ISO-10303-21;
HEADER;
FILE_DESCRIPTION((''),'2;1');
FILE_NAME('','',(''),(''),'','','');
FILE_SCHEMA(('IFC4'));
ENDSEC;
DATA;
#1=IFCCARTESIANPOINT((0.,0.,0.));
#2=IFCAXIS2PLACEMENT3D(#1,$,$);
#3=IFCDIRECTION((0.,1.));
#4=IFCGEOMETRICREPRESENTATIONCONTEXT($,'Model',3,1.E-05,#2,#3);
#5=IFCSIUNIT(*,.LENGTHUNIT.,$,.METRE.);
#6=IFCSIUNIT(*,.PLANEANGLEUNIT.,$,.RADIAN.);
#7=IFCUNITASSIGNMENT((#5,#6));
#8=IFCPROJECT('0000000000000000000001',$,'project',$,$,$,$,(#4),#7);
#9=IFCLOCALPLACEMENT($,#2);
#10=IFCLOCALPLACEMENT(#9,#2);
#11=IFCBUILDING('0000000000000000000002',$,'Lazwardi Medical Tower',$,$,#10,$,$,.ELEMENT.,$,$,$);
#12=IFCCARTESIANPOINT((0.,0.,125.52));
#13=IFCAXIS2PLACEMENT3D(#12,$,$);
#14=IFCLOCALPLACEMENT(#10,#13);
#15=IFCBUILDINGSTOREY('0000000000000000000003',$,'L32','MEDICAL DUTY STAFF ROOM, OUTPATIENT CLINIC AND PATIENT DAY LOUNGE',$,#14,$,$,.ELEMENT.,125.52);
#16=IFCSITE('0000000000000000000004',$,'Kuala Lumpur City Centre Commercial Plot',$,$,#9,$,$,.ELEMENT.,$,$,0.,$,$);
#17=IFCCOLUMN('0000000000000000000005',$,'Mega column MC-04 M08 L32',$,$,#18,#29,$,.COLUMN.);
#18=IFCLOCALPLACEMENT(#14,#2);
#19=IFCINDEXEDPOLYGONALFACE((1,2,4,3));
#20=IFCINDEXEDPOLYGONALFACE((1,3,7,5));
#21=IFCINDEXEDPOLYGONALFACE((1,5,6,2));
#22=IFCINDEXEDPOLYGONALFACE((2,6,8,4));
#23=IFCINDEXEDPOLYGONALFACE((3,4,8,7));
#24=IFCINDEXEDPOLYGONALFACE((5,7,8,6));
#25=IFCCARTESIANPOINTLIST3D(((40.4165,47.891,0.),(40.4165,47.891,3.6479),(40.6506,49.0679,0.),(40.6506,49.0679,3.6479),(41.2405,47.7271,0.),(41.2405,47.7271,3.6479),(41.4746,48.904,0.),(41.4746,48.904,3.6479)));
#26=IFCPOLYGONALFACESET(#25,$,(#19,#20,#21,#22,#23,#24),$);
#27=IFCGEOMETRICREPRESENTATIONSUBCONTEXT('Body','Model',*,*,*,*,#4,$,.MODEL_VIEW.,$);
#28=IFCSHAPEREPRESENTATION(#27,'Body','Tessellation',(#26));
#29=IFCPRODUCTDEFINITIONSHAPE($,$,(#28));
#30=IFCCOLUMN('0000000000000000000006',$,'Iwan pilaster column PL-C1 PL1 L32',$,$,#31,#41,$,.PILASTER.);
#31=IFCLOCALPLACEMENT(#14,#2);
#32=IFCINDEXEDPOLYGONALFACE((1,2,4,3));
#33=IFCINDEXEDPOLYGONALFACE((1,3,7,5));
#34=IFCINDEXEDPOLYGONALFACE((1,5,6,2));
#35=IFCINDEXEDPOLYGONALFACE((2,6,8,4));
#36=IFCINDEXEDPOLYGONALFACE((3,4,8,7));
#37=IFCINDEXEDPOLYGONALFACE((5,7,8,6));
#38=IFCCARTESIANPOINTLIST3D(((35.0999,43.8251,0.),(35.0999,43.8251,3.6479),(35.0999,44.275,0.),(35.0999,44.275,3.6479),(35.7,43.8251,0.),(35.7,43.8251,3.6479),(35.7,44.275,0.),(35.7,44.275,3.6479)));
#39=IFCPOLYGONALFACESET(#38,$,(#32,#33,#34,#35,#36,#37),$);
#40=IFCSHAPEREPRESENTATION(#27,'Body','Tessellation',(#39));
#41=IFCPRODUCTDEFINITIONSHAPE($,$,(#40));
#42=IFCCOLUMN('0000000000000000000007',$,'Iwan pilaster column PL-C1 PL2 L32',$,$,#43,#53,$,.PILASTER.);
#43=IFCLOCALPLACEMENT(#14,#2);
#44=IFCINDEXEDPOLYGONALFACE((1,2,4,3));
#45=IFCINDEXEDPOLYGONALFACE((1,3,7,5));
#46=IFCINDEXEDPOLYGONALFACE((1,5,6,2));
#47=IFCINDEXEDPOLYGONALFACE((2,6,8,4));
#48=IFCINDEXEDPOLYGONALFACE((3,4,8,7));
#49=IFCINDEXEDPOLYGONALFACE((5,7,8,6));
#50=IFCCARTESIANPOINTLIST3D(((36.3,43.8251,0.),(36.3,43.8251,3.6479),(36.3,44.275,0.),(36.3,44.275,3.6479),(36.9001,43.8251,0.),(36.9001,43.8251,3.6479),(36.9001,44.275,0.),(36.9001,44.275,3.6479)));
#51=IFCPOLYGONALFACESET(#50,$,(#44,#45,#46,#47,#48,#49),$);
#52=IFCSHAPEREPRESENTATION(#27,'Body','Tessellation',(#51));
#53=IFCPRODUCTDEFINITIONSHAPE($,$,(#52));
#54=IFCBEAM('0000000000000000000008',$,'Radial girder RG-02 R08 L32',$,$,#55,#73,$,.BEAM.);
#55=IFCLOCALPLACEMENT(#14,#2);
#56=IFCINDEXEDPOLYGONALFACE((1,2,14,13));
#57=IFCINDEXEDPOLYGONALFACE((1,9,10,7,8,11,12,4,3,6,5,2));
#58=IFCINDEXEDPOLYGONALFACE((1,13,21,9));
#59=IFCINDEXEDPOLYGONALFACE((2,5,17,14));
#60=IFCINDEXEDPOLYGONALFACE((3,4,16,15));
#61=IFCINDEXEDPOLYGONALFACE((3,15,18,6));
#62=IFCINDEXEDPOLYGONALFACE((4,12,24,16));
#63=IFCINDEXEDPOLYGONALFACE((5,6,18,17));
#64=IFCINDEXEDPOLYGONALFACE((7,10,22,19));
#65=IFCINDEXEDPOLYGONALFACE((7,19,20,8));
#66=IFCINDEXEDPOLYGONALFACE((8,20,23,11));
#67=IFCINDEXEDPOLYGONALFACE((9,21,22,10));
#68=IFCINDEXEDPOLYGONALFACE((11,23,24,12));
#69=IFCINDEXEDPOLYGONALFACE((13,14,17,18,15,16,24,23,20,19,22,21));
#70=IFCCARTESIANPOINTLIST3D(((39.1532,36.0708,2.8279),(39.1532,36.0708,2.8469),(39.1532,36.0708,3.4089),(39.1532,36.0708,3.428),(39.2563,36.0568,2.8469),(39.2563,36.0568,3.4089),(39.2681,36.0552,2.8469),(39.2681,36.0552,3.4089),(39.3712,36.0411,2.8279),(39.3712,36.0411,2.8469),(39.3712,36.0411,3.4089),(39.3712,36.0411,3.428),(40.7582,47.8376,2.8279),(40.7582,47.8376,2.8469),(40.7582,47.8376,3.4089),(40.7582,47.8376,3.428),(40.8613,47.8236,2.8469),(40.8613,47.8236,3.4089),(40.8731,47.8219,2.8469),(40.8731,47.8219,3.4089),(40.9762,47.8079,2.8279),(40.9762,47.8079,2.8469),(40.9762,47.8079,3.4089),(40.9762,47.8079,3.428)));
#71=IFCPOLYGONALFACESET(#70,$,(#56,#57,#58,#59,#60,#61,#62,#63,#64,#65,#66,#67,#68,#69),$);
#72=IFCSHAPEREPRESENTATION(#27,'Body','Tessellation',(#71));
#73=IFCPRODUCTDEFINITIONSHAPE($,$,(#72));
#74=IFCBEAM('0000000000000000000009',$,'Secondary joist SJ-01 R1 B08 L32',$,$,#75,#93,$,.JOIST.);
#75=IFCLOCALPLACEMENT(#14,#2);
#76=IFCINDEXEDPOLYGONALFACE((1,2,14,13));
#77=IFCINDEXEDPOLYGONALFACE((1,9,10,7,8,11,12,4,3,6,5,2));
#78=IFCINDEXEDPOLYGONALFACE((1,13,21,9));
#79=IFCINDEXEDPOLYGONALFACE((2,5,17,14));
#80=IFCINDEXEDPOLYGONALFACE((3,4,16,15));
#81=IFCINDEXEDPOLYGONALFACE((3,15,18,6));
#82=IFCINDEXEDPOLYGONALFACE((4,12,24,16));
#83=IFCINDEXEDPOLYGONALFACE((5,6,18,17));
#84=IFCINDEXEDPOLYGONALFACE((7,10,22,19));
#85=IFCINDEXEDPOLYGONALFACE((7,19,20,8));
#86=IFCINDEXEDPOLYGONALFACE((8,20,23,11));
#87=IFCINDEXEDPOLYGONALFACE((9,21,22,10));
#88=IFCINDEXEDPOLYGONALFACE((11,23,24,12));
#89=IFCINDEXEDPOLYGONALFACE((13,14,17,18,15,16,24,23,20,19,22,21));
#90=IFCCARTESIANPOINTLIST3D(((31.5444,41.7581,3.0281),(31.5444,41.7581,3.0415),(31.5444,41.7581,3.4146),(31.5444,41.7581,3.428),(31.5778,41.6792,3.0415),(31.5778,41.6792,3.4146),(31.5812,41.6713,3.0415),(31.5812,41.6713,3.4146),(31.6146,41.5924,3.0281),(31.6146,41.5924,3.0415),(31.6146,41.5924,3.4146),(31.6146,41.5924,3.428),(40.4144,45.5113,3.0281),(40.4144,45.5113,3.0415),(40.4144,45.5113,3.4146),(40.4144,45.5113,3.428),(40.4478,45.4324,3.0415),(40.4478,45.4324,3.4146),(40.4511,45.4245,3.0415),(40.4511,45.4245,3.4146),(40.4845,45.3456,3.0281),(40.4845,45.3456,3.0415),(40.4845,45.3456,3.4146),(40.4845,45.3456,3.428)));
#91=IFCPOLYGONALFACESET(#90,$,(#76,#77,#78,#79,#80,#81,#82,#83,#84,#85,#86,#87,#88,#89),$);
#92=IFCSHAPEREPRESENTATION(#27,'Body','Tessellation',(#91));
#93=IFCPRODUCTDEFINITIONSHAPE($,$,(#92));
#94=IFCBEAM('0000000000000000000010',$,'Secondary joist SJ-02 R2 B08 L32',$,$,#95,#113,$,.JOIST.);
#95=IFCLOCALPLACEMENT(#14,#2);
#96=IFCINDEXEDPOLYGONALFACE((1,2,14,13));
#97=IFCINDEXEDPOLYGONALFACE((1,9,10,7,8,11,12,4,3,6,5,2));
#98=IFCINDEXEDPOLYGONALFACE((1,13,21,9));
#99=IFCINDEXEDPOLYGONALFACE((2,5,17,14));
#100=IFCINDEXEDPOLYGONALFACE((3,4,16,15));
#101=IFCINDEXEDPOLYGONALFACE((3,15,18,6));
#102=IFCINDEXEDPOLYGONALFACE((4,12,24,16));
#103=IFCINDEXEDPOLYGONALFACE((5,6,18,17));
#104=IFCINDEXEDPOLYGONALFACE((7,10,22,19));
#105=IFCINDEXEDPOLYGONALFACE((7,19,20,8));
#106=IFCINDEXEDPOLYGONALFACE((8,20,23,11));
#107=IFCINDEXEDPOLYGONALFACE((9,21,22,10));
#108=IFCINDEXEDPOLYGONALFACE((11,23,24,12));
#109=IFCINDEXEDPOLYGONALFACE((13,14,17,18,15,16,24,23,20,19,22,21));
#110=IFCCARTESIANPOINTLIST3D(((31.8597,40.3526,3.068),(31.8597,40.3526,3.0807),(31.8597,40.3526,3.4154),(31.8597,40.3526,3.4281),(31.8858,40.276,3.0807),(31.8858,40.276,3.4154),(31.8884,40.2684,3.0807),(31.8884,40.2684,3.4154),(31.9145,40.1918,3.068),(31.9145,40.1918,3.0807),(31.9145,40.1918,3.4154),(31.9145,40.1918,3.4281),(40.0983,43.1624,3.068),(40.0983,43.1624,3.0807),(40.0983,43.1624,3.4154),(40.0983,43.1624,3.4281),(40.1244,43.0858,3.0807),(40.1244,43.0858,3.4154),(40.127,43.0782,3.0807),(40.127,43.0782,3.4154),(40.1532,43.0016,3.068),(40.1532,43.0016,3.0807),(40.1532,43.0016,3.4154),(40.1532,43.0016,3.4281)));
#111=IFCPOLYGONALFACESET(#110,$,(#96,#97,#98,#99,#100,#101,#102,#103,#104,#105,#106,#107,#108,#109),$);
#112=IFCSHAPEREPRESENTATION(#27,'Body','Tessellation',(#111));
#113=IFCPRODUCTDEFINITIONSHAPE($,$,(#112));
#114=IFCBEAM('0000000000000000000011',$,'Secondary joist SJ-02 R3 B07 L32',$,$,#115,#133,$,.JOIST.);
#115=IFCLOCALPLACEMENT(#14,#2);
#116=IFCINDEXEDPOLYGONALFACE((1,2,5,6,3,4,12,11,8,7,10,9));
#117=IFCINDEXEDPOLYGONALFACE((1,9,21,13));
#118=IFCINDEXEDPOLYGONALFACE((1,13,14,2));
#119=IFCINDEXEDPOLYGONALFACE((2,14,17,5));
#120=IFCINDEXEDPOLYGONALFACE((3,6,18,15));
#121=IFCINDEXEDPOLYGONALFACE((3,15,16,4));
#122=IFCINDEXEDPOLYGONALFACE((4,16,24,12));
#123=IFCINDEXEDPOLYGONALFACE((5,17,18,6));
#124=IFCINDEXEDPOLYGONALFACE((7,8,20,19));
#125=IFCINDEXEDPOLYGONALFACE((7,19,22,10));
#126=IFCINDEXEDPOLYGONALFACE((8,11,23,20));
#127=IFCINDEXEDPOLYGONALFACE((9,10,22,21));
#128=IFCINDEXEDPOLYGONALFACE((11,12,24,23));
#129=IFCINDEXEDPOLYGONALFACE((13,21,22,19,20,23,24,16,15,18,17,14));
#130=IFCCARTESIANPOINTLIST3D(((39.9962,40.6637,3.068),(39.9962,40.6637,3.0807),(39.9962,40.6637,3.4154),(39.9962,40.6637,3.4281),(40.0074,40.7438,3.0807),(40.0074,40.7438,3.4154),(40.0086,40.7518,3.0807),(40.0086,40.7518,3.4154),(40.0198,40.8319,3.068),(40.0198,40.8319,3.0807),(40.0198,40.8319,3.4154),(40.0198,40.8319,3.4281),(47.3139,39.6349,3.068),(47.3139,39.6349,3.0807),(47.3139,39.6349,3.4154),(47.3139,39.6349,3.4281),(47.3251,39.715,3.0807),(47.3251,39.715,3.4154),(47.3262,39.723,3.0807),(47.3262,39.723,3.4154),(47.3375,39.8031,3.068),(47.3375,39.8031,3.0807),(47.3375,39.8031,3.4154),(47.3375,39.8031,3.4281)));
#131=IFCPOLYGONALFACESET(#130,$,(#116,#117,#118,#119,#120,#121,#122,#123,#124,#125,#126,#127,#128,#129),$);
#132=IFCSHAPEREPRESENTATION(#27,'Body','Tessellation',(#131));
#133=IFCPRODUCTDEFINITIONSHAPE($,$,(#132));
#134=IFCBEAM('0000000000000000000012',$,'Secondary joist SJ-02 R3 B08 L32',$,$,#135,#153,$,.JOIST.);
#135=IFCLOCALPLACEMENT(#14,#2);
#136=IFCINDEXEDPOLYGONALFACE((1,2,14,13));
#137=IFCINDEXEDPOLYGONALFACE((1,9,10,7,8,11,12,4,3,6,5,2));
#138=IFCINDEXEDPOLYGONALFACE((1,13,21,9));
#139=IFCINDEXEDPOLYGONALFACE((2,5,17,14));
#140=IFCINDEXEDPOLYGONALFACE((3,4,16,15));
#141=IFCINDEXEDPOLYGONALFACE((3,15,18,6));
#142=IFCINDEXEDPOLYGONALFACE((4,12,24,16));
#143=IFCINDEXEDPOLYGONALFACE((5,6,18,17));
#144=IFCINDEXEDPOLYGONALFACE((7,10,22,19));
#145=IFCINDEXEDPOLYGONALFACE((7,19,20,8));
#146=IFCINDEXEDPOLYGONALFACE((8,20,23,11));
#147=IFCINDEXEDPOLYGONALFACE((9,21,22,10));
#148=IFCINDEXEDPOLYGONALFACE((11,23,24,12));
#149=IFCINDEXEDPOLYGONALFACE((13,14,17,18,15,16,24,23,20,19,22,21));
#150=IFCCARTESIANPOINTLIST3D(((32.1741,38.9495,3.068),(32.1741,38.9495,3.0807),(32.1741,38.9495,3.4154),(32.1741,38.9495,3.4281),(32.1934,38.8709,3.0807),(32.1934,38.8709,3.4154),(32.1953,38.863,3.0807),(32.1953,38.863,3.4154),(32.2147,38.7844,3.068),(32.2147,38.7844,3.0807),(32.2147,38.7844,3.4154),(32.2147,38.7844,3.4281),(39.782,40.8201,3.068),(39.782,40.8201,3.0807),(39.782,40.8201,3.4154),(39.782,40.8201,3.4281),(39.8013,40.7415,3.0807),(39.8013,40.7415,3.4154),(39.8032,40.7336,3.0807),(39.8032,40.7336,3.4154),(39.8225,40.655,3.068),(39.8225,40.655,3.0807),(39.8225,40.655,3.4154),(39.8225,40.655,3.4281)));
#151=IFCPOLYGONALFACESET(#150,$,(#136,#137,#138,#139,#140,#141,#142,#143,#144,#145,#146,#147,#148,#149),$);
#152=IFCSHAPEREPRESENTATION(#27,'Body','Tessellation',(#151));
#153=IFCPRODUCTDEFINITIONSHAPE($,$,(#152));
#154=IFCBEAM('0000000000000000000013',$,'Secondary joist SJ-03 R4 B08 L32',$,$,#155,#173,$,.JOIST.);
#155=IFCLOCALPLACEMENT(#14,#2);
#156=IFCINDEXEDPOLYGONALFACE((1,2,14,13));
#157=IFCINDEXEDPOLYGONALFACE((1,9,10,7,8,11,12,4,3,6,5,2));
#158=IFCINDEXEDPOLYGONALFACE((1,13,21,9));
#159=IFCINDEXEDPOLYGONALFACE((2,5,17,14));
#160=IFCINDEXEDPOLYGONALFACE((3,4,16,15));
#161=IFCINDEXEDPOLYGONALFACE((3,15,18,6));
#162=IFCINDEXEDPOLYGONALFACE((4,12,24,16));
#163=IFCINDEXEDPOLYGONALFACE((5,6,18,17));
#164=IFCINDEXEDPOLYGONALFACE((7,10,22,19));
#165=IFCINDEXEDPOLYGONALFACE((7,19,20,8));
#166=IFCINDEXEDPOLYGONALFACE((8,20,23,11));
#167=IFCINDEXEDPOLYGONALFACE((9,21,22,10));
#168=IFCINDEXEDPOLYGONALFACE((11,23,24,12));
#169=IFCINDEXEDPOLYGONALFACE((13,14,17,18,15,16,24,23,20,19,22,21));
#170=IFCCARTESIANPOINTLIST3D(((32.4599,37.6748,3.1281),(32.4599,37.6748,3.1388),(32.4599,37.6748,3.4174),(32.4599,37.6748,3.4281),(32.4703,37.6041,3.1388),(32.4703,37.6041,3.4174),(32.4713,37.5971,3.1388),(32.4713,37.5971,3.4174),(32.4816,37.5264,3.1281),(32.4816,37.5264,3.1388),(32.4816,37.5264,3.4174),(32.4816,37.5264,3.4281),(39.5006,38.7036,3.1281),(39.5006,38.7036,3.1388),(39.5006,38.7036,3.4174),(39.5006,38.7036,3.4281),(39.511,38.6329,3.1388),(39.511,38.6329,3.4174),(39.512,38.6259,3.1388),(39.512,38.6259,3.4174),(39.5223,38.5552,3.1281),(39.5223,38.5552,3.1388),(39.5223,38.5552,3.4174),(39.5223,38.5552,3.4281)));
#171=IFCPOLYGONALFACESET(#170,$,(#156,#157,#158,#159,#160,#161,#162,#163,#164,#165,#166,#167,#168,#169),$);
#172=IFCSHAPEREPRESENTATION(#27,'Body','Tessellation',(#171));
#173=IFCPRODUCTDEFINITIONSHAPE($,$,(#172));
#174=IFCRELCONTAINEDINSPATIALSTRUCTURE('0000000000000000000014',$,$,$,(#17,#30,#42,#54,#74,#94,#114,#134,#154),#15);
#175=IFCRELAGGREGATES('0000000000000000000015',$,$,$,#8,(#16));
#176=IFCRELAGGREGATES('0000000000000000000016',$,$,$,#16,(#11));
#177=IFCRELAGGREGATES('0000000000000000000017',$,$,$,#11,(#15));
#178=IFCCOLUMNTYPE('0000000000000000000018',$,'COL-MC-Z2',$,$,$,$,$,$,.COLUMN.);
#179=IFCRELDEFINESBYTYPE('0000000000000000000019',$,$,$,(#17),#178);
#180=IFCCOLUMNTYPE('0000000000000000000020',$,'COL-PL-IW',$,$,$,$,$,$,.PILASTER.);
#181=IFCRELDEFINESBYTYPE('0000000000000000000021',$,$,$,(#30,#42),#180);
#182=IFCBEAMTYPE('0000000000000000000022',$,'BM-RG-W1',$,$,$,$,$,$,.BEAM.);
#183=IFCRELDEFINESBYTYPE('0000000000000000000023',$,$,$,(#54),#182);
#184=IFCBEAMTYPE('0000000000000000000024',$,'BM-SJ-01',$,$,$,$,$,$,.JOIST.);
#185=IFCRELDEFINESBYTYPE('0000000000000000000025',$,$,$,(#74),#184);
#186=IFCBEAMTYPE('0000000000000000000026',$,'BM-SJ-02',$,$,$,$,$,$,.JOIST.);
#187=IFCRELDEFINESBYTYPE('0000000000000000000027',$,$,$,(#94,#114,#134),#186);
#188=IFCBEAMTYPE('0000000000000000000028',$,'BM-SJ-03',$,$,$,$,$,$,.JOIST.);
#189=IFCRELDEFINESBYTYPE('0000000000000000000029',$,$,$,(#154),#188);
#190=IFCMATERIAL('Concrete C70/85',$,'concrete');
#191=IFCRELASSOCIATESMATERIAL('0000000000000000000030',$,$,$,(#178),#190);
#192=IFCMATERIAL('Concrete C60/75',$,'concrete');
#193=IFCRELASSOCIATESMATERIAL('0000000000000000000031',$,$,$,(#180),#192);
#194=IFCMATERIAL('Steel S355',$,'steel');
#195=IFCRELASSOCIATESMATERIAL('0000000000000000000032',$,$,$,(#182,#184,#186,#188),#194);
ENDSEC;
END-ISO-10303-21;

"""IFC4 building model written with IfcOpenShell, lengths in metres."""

from ifc_helpers import new_model, si_unit, direction, frame, origin, origin_2d, place, context, subcontext, project, spatial, rectangle, i_section, extrude, material, material_profile, profile_set, type_object, element, save


model = new_model("IFC4")

# Units and contexts
model_context = context("Model", 3, precision=1e-05, world=origin(), true_north=direction((0.0, 1.0)))
body_context = subcontext(model_context, "Body", "Model", "MODEL_VIEW")
ifc_project = project(units=[si_unit("LENGTHUNIT", "METRE"), si_unit("PLANEANGLEUNIT", "RADIAN")], contexts=[model_context])

# Site, building, storey
site_placement = place(None, origin())
site = spatial("IfcSite", under=ifc_project, at=site_placement, Name="Kuala Lumpur City Centre Commercial Plot", CompositionType="ELEMENT", RefElevation=0.0)
building_placement = place(site_placement, origin())
building = spatial("IfcBuilding", under=site, at=building_placement, Name="Lazwardi Medical Tower", CompositionType="ELEMENT")
storey_placement = place(building_placement, frame((0.0, 0.0, 125.52)))
storey = spatial("IfcBuildingStorey", under=building, at=storey_placement, Name="L32", Description="MEDICAL DUTY STAFF ROOM, OUTPATIENT CLINIC AND PATIENT DAY LOUNGE", CompositionType="ELEMENT", Elevation=125.52)

# Columns
ifc_material_1 = material(Name="Concrete C70/85", Category="concrete")
ifc_material_profile_1 = material_profile(ifc_material_1, rectangle(XDim=1.2, YDim=0.8401, at=origin_2d()), Name="CFT-RECT 1200x840")
ifc_profile_set_1 = profile_set([ifc_material_profile_1], Name="Concrete C70/85")
column_type_1 = type_object("IfcColumnType", Name="COL-MC-Z2", PredefinedType="COLUMN", material=ifc_profile_set_1)
column_placement = place(storey_placement, frame((40.9456, 48.3975, 0.0), z_axis=(0.0, 0.0, 1.0), x_axis=(0.19509, 0.980785, 0.0)))
element("IfcColumn", 1, at=column_placement, inside=storey, type_object=column_type_1, Name="Mega column MC-04 M08 L32", PredefinedType="COLUMN", context=body_context, shape_type="SweptSolid", body=[
    extrude(rectangle(XDim=1.2, YDim=0.8401, at=origin_2d()), origin(), (0.0, 0.0, 1.0), 3.6479),
])
ifc_material_2 = material(Name="Concrete C60/75", Category="concrete")
ifc_material_profile_2 = material_profile(ifc_material_2, rectangle(XDim=0.6001, YDim=0.45, at=origin_2d()), Name="RC 600x450")
ifc_profile_set_2 = profile_set([ifc_material_profile_2], Name="Concrete C60/75")
column_type_2 = type_object("IfcColumnType", Name="COL-PL-IW", PredefinedType="PILASTER", material=ifc_profile_set_2)
for number, where, z_axis, x_axis, name in (
    (2, (35.3999, 44.05, 0.0), (0.0, 0.0, 1.0), (1.0, 0.0, 0.0), "Iwan pilaster column PL-C1 PL1 L32"),
    (3, (36.6001, 44.05, 0.0), (0.0, 0.0, 1.0), (1.0, 0.0, 0.0), "Iwan pilaster column PL-C1 PL2 L32"),
):
    element("IfcColumn", number, at=place(storey_placement, frame(where, z_axis=z_axis, x_axis=x_axis)), inside=storey, type_object=column_type_2, Name=name, PredefinedType="PILASTER", context=body_context, shape_type="SweptSolid", body=[
        extrude(rectangle(XDim=0.6001, YDim=0.45, at=origin_2d()), origin(), (0.0, 0.0, 1.0), 3.6479),
    ])

# Beams
ifc_material_3 = material(Name="Steel S355", Category="steel")
ifc_material_profile_3 = material_profile(ifc_material_3, i_section(OverallWidth=0.22, OverallDepth=0.6001, WebThickness=0.012, FlangeThickness=0.019, at=origin_2d()), Name="IPE 600")
ifc_profile_set_3 = profile_set([ifc_material_profile_3], Name="Steel S355")
beam_type_1 = type_object("IfcBeamType", Name="BM-RG-W1", PredefinedType="BEAM", material=ifc_profile_set_3)
beam_1_placement = place(storey_placement, frame((40.8672, 47.8228, 3.1279), z_axis=(-0.135147, -0.990826, 0.0), x_axis=(0.990826, -0.135147, 0.0)))
element("IfcBeam", 4, at=beam_1_placement, inside=storey, type_object=beam_type_1, Name="Radial girder RG-02 R08 L32", PredefinedType="BEAM", context=body_context, shape_type="SweptSolid", body=[
    extrude(i_section(OverallWidth=0.22, OverallDepth=0.6001, WebThickness=0.012, FlangeThickness=0.019, at=origin_2d()), origin(), (0.0, 0.0, 1.0), 11.8757),
])
ifc_material_profile_4 = material_profile(ifc_material_3, i_section(OverallWidth=0.1799, OverallDepth=0.3999, WebThickness=0.0085, FlangeThickness=0.0134, at=origin_2d()), Name="IPE 400")
ifc_profile_set_4 = profile_set([ifc_material_profile_4], Name="Steel S355")
beam_type_2 = type_object("IfcBeamType", Name="BM-SJ-01", PredefinedType="JOIST", material=ifc_profile_set_4)
beam_2_placement = place(storey_placement, frame((40.4495, 45.4285, 3.228), z_axis=(-0.920947, -0.389687, 0.0), x_axis=(0.389687, -0.920947, 0.0)))
element("IfcBeam", 5, at=beam_2_placement, inside=storey, type_object=beam_type_2, Name="Secondary joist SJ-01 R1 B08 L32", PredefinedType="JOIST", context=body_context, shape_type="SweptSolid", body=[
    extrude(i_section(OverallWidth=0.1799, OverallDepth=0.3999, WebThickness=0.0085, FlangeThickness=0.0134, at=origin_2d()), origin(), (0.0, 0.0, 1.0), 9.6313),
])
ifc_material_profile_5 = material_profile(ifc_material_3, i_section(OverallWidth=0.1699, OverallDepth=0.3601, WebThickness=0.0081, FlangeThickness=0.0127, at=origin_2d()), Name="IPE 360")
ifc_profile_set_5 = profile_set([ifc_material_profile_5], Name="Steel S355")
beam_type_3 = type_object("IfcBeamType", Name="BM-SJ-02", PredefinedType="JOIST", material=ifc_profile_set_5)
beam_3_placement = place(storey_placement, frame((40.1257, 43.082, 3.248), z_axis=(-0.946467, -0.3228, 0.0), x_axis=(0.3228, -0.946467, 0.0)))
element("IfcBeam", 6, at=beam_3_placement, inside=storey, type_object=beam_type_3, Name="Secondary joist SJ-02 R2 B08 L32", PredefinedType="JOIST", context=body_context, shape_type="SweptSolid", body=[
    extrude(i_section(OverallWidth=0.1699, OverallDepth=0.3601, WebThickness=0.0081, FlangeThickness=0.0127, at=origin_2d()), origin(), (0.0, 0.0, 1.0), 8.7046),
])
beam_4_placement = place(storey_placement, frame((47.3257, 39.719, 3.248), z_axis=(-0.990261, 0.139224, 0.0), x_axis=(-0.139224, -0.990261, 0.0)))
element("IfcBeam", 7, at=beam_4_placement, inside=storey, type_object=beam_type_3, Name="Secondary joist SJ-02 R3 B07 L32", PredefinedType="JOIST", context=body_context, shape_type="SweptSolid", body=[
    extrude(i_section(OverallWidth=0.1699, OverallDepth=0.3601, WebThickness=0.0081, FlangeThickness=0.0127, at=origin_2d()), origin(), (0.0, 0.0, 1.0), 7.3896),
])
beam_5_placement = place(storey_placement, frame((39.8022, 40.7375, 3.248), z_axis=(-0.971077, -0.238765, 0.0), x_axis=(0.238765, -0.971077, 0.0)))
element("IfcBeam", 8, at=beam_5_placement, inside=storey, type_object=beam_type_3, Name="Secondary joist SJ-02 R3 B08 L32", PredefinedType="JOIST", context=body_context, shape_type="SweptSolid", body=[
    extrude(i_section(OverallWidth=0.1699, OverallDepth=0.3601, WebThickness=0.0081, FlangeThickness=0.0127, at=origin_2d()), origin(), (0.0, 0.0, 1.0), 7.8345),
])
ifc_material_profile_6 = material_profile(ifc_material_3, i_section(OverallWidth=0.1499, OverallDepth=0.3, WebThickness=0.0071, FlangeThickness=0.0107, at=origin_2d()), Name="IPE 300")
ifc_profile_set_6 = profile_set([ifc_material_profile_6], Name="Steel S355")
beam_type_4 = type_object("IfcBeamType", Name="BM-SJ-03", PredefinedType="JOIST", material=ifc_profile_set_6)
beam_6_placement = place(storey_placement, frame((39.5115, 38.6294, 3.2781), z_axis=(-0.989492, -0.144586, 0.0), x_axis=(0.144586, -0.989492, 0.0)))
element("IfcBeam", 9, at=beam_6_placement, inside=storey, type_object=beam_type_4, Name="Secondary joist SJ-03 R4 B08 L32", PredefinedType="JOIST", context=body_context, shape_type="SweptSolid", body=[
    extrude(i_section(OverallWidth=0.1499, OverallDepth=0.3, WebThickness=0.0071, FlangeThickness=0.0107, at=origin_2d()), origin(), (0.0, 0.0, 1.0), 7.1155),
])

save(model, "model.ifc")
